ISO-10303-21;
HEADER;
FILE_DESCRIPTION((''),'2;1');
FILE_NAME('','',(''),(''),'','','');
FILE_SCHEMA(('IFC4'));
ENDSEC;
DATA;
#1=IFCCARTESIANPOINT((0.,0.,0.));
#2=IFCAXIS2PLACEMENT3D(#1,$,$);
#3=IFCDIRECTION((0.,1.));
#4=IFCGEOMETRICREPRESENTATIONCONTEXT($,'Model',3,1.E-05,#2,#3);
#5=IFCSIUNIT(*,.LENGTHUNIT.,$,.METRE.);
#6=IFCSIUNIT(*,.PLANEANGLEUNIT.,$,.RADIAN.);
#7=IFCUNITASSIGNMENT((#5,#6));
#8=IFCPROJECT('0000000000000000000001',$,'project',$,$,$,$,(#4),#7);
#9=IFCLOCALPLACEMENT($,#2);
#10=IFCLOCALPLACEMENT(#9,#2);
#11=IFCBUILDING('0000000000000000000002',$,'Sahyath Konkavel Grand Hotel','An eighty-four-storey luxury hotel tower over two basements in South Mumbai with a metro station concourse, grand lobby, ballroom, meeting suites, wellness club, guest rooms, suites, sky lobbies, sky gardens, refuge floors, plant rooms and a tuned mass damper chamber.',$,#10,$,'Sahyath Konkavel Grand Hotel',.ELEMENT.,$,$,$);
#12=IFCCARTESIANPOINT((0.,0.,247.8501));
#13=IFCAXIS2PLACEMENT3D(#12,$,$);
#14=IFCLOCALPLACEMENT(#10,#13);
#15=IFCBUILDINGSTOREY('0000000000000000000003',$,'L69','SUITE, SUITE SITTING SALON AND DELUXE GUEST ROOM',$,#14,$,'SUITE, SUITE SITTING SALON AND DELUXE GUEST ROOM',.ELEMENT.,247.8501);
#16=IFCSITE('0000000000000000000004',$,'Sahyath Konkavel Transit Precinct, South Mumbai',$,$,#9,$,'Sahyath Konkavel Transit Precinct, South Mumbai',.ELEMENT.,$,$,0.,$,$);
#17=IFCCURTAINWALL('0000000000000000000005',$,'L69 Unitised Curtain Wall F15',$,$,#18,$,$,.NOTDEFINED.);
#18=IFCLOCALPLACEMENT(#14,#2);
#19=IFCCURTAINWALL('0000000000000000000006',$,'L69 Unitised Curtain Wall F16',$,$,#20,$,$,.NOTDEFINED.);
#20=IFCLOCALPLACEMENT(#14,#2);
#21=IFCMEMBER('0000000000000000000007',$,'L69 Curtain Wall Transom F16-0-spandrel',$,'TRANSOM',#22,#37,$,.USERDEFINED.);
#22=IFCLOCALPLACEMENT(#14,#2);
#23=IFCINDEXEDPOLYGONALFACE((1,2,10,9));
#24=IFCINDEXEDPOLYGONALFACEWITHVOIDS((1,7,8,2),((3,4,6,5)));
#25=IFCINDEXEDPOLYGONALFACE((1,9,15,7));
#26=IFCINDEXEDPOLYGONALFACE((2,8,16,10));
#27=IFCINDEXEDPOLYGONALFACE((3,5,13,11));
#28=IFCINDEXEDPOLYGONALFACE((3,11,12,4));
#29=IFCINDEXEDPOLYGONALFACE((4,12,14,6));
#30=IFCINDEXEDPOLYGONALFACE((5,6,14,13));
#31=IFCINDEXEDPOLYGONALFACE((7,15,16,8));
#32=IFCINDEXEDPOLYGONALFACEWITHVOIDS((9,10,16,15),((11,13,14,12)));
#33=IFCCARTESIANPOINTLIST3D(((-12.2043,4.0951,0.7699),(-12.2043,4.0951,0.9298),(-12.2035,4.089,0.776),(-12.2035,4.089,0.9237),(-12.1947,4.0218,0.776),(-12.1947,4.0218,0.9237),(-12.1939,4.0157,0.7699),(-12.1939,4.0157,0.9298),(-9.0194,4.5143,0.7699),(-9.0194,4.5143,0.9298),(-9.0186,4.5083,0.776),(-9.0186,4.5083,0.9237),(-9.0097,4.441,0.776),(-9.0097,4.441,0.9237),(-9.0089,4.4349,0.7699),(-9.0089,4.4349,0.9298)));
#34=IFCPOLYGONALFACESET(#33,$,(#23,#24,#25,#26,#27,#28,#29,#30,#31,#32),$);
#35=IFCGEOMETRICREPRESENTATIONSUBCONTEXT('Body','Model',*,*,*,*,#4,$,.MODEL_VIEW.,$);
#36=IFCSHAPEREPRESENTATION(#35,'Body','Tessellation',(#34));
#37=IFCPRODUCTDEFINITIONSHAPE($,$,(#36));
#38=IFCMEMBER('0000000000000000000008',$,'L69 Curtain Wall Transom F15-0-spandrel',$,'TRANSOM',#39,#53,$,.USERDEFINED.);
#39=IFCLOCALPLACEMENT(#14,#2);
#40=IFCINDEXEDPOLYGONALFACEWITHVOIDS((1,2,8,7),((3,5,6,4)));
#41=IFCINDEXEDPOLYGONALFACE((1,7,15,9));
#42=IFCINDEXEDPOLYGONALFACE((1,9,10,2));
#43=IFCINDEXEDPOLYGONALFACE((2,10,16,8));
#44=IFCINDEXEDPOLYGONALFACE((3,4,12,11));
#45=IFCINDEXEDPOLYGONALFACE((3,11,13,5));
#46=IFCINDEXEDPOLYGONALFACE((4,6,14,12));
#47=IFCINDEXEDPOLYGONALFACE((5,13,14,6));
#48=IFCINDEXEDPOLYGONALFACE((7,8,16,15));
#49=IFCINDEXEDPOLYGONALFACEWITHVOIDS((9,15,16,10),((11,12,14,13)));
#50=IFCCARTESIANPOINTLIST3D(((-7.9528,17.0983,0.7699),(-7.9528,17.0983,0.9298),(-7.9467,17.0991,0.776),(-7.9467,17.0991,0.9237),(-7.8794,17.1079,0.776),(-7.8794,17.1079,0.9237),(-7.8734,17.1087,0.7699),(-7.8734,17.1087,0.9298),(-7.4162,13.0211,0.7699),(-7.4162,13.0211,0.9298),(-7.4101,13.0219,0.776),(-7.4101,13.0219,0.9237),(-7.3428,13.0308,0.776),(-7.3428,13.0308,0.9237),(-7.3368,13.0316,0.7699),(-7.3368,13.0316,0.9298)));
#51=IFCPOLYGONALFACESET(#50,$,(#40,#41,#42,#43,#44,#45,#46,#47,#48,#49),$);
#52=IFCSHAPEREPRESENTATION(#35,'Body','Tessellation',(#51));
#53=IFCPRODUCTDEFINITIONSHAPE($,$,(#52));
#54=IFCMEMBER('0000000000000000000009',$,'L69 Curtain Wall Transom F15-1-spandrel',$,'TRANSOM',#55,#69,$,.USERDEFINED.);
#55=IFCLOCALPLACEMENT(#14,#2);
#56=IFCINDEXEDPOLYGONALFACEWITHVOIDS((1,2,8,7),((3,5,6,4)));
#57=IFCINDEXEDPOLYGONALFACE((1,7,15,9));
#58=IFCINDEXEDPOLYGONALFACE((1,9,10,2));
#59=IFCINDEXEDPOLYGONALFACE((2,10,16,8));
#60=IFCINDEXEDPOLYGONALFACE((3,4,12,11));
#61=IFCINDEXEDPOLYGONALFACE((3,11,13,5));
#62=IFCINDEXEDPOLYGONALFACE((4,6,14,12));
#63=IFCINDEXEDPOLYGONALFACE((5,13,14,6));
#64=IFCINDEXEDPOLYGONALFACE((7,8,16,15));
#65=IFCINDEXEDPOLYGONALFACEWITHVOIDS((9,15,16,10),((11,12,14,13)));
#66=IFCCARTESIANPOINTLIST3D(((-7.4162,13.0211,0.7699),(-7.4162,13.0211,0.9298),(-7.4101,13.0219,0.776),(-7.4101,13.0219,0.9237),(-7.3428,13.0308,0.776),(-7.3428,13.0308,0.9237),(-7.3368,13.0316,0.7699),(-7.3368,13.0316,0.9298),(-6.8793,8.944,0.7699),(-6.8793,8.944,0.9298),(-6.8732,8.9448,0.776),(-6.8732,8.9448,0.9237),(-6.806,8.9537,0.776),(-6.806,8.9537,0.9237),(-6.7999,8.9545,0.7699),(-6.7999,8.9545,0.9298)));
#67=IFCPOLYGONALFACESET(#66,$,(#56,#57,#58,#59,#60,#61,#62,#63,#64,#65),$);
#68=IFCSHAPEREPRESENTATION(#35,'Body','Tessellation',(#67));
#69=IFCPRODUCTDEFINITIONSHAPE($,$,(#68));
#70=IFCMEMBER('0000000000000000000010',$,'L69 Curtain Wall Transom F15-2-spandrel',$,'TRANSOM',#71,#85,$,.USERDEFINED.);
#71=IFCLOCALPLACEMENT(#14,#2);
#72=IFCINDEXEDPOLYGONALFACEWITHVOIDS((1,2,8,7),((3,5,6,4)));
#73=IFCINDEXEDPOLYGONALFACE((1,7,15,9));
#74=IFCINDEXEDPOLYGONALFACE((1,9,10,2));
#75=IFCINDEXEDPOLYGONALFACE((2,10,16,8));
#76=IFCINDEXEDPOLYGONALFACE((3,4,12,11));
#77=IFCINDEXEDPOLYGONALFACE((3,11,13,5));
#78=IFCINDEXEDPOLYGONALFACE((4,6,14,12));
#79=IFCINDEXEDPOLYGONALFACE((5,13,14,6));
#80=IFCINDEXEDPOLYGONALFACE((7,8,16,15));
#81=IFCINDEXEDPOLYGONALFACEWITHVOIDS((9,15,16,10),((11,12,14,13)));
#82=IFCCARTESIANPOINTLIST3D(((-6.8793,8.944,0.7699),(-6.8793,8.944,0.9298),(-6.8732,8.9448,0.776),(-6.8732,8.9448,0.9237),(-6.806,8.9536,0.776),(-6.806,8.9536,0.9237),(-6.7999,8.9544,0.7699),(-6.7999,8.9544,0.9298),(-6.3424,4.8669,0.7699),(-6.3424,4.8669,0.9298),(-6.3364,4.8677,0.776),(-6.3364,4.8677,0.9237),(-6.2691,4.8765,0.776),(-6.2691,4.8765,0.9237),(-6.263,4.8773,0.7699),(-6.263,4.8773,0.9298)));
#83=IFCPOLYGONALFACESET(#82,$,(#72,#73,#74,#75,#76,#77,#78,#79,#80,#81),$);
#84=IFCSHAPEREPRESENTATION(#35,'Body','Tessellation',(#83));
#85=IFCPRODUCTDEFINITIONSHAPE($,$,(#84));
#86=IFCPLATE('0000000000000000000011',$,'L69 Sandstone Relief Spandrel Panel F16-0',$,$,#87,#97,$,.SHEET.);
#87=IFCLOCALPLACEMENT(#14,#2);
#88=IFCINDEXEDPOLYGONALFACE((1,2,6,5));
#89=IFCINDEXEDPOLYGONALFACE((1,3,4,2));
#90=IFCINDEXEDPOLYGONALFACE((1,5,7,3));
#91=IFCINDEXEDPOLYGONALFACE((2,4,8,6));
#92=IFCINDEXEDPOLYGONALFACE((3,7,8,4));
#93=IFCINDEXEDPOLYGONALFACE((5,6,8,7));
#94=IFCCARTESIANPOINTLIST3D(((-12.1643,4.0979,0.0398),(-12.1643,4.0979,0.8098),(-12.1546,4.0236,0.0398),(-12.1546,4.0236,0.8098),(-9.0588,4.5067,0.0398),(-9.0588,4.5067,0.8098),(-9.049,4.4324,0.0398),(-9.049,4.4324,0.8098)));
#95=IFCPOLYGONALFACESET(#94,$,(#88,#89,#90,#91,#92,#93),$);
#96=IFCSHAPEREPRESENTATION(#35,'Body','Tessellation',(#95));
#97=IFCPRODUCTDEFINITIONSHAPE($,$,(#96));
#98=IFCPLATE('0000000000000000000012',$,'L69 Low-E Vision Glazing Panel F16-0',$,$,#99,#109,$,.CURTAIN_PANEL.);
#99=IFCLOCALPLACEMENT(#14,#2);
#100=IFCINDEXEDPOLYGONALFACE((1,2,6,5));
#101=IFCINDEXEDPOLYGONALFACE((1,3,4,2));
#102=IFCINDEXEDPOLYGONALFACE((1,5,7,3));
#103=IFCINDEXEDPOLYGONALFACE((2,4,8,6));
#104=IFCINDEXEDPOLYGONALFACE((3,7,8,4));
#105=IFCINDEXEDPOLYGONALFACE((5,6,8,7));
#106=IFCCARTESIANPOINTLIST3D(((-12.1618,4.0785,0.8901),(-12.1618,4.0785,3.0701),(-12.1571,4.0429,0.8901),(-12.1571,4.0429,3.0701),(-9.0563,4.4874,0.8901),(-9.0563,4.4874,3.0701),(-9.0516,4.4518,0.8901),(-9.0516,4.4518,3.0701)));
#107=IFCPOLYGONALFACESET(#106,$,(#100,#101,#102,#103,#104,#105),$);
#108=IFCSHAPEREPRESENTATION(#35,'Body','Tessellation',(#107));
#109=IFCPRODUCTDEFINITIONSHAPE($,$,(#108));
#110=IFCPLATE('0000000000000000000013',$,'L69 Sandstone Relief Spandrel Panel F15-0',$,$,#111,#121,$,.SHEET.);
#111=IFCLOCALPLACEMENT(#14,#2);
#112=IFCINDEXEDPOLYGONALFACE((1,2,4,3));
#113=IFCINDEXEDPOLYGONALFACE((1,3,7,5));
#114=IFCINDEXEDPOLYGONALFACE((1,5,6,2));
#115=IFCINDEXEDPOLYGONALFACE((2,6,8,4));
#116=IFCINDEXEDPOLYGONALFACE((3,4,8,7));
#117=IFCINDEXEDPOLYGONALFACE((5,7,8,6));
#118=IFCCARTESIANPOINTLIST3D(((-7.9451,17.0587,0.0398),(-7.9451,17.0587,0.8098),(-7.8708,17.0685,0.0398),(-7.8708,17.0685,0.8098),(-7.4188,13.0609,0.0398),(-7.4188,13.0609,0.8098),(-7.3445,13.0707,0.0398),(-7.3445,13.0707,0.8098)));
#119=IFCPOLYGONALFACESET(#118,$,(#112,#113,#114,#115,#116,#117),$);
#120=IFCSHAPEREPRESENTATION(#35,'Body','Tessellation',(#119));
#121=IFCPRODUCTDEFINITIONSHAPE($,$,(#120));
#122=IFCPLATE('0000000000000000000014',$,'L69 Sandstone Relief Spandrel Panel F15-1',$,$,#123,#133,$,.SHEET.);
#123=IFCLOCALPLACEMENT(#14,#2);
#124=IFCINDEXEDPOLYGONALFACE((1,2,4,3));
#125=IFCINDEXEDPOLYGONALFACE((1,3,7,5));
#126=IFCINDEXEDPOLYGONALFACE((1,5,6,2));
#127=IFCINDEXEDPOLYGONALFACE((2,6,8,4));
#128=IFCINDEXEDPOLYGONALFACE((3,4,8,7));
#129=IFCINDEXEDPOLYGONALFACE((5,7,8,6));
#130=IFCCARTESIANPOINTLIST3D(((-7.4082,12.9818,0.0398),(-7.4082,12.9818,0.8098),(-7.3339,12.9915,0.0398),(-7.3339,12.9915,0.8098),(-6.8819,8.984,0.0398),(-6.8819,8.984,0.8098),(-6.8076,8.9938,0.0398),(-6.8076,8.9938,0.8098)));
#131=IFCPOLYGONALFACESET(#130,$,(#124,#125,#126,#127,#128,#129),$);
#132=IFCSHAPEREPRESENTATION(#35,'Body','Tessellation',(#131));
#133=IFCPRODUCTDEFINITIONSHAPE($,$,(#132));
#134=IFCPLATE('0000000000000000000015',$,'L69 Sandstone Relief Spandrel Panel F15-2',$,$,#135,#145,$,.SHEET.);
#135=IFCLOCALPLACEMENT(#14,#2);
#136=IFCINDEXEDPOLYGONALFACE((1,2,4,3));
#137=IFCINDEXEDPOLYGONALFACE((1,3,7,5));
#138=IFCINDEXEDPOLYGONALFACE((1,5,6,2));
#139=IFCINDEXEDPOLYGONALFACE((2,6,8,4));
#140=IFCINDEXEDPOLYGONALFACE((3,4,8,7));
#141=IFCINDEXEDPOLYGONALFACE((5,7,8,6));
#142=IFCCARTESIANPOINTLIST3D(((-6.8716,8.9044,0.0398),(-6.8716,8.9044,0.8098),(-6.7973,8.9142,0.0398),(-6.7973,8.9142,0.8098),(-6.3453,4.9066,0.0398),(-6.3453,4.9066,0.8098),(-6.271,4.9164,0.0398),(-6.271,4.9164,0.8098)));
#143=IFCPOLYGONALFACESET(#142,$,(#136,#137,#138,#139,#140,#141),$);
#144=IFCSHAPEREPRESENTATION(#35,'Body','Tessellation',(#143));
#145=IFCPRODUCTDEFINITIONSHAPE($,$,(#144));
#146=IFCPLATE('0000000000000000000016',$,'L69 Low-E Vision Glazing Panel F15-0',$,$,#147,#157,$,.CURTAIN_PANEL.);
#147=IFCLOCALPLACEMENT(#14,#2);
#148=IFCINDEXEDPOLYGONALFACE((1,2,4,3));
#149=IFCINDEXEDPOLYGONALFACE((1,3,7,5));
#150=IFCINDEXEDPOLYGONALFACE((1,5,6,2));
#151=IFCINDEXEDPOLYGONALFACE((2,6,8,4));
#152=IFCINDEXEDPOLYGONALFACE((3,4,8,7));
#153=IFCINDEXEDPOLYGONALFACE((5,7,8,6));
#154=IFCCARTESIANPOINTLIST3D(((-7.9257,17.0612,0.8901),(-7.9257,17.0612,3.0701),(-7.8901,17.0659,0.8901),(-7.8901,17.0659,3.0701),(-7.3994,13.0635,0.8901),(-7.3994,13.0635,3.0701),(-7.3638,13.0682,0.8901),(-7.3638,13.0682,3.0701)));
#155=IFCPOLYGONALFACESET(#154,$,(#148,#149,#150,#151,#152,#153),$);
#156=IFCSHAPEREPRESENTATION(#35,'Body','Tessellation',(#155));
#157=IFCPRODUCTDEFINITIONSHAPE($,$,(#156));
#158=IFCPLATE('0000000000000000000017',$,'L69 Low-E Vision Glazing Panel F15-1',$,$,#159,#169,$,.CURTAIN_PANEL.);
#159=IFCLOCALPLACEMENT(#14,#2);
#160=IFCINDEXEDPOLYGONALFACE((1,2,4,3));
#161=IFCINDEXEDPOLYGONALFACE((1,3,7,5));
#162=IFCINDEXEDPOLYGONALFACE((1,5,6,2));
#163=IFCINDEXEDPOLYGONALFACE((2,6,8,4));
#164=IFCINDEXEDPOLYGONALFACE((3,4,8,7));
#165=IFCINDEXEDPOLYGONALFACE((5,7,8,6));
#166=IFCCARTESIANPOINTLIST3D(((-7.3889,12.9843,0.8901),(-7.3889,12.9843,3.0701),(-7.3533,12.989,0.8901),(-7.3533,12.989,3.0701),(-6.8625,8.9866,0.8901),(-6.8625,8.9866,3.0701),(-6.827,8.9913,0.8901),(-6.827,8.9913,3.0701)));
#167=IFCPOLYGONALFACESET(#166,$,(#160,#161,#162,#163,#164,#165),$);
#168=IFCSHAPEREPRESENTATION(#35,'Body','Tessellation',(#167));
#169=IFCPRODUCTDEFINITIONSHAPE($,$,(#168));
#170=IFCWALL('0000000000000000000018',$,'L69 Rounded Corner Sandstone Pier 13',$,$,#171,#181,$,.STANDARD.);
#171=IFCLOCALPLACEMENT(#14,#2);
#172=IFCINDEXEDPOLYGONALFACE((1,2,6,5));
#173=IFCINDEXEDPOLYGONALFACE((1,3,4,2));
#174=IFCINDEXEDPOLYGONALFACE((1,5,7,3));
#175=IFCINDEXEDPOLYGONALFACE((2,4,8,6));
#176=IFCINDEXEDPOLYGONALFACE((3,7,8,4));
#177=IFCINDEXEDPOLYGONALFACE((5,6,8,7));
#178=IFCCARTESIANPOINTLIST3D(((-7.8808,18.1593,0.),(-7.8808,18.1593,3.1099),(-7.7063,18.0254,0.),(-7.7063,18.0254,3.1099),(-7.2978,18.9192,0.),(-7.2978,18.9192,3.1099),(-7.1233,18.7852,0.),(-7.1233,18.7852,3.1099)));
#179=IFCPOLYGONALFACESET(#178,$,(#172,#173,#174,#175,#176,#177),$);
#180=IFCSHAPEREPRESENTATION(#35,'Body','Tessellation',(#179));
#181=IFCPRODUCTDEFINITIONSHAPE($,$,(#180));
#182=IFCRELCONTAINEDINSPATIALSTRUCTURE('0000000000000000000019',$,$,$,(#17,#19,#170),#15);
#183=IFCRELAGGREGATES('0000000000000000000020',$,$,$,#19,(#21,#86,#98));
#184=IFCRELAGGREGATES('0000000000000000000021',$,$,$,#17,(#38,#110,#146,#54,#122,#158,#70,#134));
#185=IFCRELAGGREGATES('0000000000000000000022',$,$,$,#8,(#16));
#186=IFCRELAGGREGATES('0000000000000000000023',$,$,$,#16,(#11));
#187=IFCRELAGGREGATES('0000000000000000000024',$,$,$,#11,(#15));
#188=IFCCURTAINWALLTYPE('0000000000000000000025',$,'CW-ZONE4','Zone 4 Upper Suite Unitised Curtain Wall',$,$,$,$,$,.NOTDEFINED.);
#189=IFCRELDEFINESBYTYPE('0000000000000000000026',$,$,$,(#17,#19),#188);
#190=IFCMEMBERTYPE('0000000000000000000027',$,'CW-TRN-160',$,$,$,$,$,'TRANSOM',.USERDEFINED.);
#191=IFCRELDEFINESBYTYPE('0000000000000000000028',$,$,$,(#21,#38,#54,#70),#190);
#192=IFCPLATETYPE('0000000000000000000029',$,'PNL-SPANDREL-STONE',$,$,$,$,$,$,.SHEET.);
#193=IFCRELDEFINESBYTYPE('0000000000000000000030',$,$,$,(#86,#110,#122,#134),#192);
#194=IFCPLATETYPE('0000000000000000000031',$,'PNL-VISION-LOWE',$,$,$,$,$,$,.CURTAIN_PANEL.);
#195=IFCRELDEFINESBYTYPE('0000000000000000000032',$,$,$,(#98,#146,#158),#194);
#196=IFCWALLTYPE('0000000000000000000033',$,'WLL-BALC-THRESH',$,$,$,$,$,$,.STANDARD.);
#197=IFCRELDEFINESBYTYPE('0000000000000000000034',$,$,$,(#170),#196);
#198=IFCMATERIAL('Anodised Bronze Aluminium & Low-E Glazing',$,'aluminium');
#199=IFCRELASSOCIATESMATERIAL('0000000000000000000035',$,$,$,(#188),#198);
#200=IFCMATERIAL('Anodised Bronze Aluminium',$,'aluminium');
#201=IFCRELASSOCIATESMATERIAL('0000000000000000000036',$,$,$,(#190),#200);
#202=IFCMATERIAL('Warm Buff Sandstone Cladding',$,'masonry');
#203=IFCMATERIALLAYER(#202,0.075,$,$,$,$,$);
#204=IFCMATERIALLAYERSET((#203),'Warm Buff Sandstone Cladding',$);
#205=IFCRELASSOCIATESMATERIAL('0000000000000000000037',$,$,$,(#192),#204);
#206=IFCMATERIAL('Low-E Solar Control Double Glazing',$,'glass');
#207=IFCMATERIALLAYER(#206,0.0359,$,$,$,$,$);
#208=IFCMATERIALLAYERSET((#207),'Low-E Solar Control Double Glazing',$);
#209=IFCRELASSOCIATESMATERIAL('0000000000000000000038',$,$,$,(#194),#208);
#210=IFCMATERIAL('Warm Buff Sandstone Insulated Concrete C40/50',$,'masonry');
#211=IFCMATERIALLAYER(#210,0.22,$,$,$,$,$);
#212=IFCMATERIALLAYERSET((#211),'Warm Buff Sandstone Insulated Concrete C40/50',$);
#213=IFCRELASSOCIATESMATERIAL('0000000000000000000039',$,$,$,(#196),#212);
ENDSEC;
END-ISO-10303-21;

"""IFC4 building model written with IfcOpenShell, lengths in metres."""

from ifc_helpers import new_model, si_unit, direction, frame, frame_2d, origin, origin_2d, place, context, subcontext, project, spatial, rectangle, hollow_rectangle, extrude, source, transform, mapped, material, layer, layer_set, material_profile, profile_set, type_object, element, aggregate, save


model = new_model("IFC4")

# Units and contexts
model_context = context("Model", 3, precision=1e-05, world=origin(), true_north=direction((0.0, 1.0)))
body_context = subcontext(model_context, "Body", "Model", "MODEL_VIEW")
ifc_project = project(units=[si_unit("LENGTHUNIT", "METRE"), si_unit("PLANEANGLEUNIT", "RADIAN")], contexts=[model_context])

# Site, building, storey
site_placement = place(None, origin())
site = spatial("IfcSite", under=ifc_project, at=site_placement, Name="Sahyath Konkavel Transit Precinct, South Mumbai", LongName="Sahyath Konkavel Transit Precinct, South Mumbai", CompositionType="ELEMENT", RefElevation=0.0)
building_placement = place(site_placement, origin())
building = spatial("IfcBuilding", under=site, at=building_placement, Name="Sahyath Konkavel Grand Hotel", Description="An eighty-four-storey luxury hotel tower over two basements in South Mumbai with a metro station concourse, grand lobby, ballroom, meeting suites, wellness club, guest rooms, suites, sky lobbies, sky gardens, refuge floors, plant rooms and a tuned mass damper chamber.", LongName="Sahyath Konkavel Grand Hotel", CompositionType="ELEMENT")
storey_placement = place(building_placement, frame((0.0, 0.0, 247.8501)))
storey = spatial("IfcBuildingStorey", under=building, at=storey_placement, Name="L69", Description="SUITE, SUITE SITTING SALON AND DELUXE GUEST ROOM", LongName="SUITE, SUITE SITTING SALON AND DELUXE GUEST ROOM", CompositionType="ELEMENT", Elevation=247.8501)

# Shared definitions
ifc_material_1 = material(Name="Anodised Bronze Aluminium & Low-E Glazing", Category="aluminium")
curtain_wall_type = type_object("IfcCurtainWallType", Name="CW-ZONE4", Description="Zone 4 Upper Suite Unitised Curtain Wall", PredefinedType="NOTDEFINED", material=ifc_material_1)
ifc_material_2 = material(Name="Anodised Bronze Aluminium", Category="aluminium")

# Curtain wall
curtain_wall_1_placement = place(storey_placement, origin())
curtain_wall_1 = element("IfcCurtainWall", 1, at=curtain_wall_1_placement, inside=storey, type_object=curtain_wall_type, Name="L69 Unitised Curtain Wall F15", PredefinedType="NOTDEFINED")

# Curtain wall
curtain_wall_2_placement = place(storey_placement, origin())
curtain_wall_2 = element("IfcCurtainWall", 2, at=curtain_wall_2_placement, inside=storey, type_object=curtain_wall_type, Name="L69 Unitised Curtain Wall F16", PredefinedType="NOTDEFINED")

# Members
ifc_material_profile_1 = material_profile(ifc_material_2, hollow_rectangle(XDim=0.0801, YDim=0.1599, WallThickness=0.0061, at=origin_2d()), Name="RHS 160x80x6")
ifc_profile_set_1 = profile_set([ifc_material_profile_1], Name="Anodised Bronze Aluminium")
member_type_1 = type_object("IfcMemberType", Name="CW-TRN-160", ElementType="TRANSOM", PredefinedType="USERDEFINED", material=ifc_profile_set_1)
shared_shape_1 = source(origin(), body_context, "Body", "SweptSolid", [
    extrude(hollow_rectangle(XDim=0.0801, YDim=0.1599, WallThickness=0.0061, at=origin_2d()), origin(), (0.0, 0.0, 1.0), 3.2124),
])
member_1_placement = place(storey_placement, frame((-9.0142, 4.4746, 0.8499), z_axis=(-0.991449, -0.130496, 0.0), x_axis=(0.130496, -0.991449, 0.0)))
member_1 = element("IfcMember", 3, at=member_1_placement, type_object=member_type_1, Name="L69 Curtain Wall Transom F16-0-spandrel", ObjectType="TRANSOM", PredefinedType="USERDEFINED", context=body_context, shape_type="MappedRepresentation", body=[
    mapped(shared_shape_1, transform((0.0, 0.0, 0.0), scale=1.0)),
])
shared_shape_2 = source(origin(), body_context, "Body", "SweptSolid", [
    extrude(hollow_rectangle(XDim=0.0801, YDim=0.1599, WallThickness=0.0061, at=origin_2d()), origin(), (0.0, 0.0, 1.0), 4.1123),
])
member_2_placement = place(storey_placement, frame((-7.9131, 17.1035, 0.8499), z_axis=(0.130491, -0.991449, 0.0), x_axis=(0.991449, 0.130491, 0.0)))
member_2 = element("IfcMember", 4, at=member_2_placement, type_object=member_type_1, Name="L69 Curtain Wall Transom F15-0-spandrel", ObjectType="TRANSOM", PredefinedType="USERDEFINED", context=body_context, shape_type="MappedRepresentation", body=[
    mapped(shared_shape_2, transform((0.0, 0.0, 0.0), scale=1.0)),
])
member_3_placement = place(storey_placement, frame((-7.3765, 13.0264, 0.8499), z_axis=(0.13055, -0.991442, 0.0), x_axis=(0.991442, 0.13055, 0.0)))
member_3 = element("IfcMember", 5, at=member_3_placement, type_object=member_type_1, Name="L69 Curtain Wall Transom F15-1-spandrel", ObjectType="TRANSOM", PredefinedType="USERDEFINED", context=body_context, shape_type="MappedRepresentation", body=[
    mapped(shared_shape_2, transform((0.0, 0.0, 0.0), scale=1.0)),
])
member_4_placement = place(storey_placement, frame((-6.8396, 8.9492, 0.8499), z_axis=(0.13055, -0.991442, 0.0), x_axis=(0.991442, 0.13055, 0.0)))
member_4 = element("IfcMember", 6, at=member_4_placement, type_object=member_type_1, Name="L69 Curtain Wall Transom F15-2-spandrel", ObjectType="TRANSOM", PredefinedType="USERDEFINED", context=body_context, shape_type="MappedRepresentation", body=[
    mapped(shared_shape_2, transform((0.0, 0.0, 0.0), scale=1.0)),
])

# Plates
ifc_material_3 = material(Name="Warm Buff Sandstone Cladding", Category="masonry")
ifc_layer_1 = layer(ifc_material_3, 0.075)
ifc_layer_set_1 = layer_set([ifc_layer_1], Name="Warm Buff Sandstone Cladding")
plate_type_1 = type_object("IfcPlateType", Name="PNL-SPANDREL-STONE", PredefinedType="SHEET", material=ifc_layer_set_1)
shared_shape_3 = source(origin(), body_context, "Body", "SweptSolid", [
    extrude(rectangle(XDim=3.1323, YDim=0.075, at=origin_2d()), origin(), (0.0, 0.0, 1.0), 0.77),
])
plate_1_placement = place(storey_placement, frame((-10.6067, 4.2651, 0.0398), z_axis=(0.0, 0.0, 1.0), x_axis=(-0.991445, -0.130526, 0.0)))
plate_1 = element("IfcPlate", 7, at=plate_1_placement, type_object=plate_type_1, Name="L69 Sandstone Relief Spandrel Panel F16-0", PredefinedType="SHEET", context=body_context, shape_type="MappedRepresentation", body=[
    mapped(shared_shape_3, transform((0.0, 0.0, 0.0), scale=1.0)),
])
ifc_material_4 = material(Name="Low-E Solar Control Double Glazing", Category="glass")
ifc_layer_2 = layer(ifc_material_4, 0.0359)
ifc_layer_set_2 = layer_set([ifc_layer_2], Name="Low-E Solar Control Double Glazing")
plate_type_2 = type_object("IfcPlateType", Name="PNL-VISION-LOWE", PredefinedType="CURTAIN_PANEL", material=ifc_layer_set_2)
shared_shape_4 = source(origin(), body_context, "Body", "SweptSolid", [
    extrude(rectangle(XDim=3.1323, YDim=0.0359, at=origin_2d()), origin(), (0.0, 0.0, 1.0), 2.1799),
])
plate_2_placement = place(storey_placement, frame((-10.6067, 4.2651, 0.8901), z_axis=(0.0, 0.0, 1.0), x_axis=(-0.991445, -0.130526, 0.0)))
plate_2 = element("IfcPlate", 8, at=plate_2_placement, type_object=plate_type_2, Name="L69 Low-E Vision Glazing Panel F16-0", PredefinedType="CURTAIN_PANEL", context=body_context, shape_type="MappedRepresentation", body=[
    mapped(shared_shape_4, transform((0.0, 0.0, 0.0), scale=1.0)),
])
aggregate(curtain_wall_2, [member_1, plate_1, plate_2])
shared_shape_5 = source(origin(), body_context, "Body", "SweptSolid", [
    extrude(rectangle(XDim=4.0322, YDim=0.075, at=origin_2d()), origin(), (0.0, 0.0, 1.0), 0.77),
])
plate_3_placement = place(storey_placement, frame((-7.6448, 15.0647, 0.0398), z_axis=(0.0, 0.0, 1.0), x_axis=(0.130526, -0.991445, 0.0)))
plate_3 = element("IfcPlate", 9, at=plate_3_placement, type_object=plate_type_1, Name="L69 Sandstone Relief Spandrel Panel F15-0", PredefinedType="SHEET", context=body_context, shape_type="MappedRepresentation", body=[
    mapped(shared_shape_5, transform((0.0, 0.0, 0.0), scale=1.0)),
])
plate_4_placement = place(storey_placement, frame((-7.1079, 10.9878, 0.0398), z_axis=(0.0, 0.0, 1.0), x_axis=(0.130526, -0.991445, 0.0)))
plate_4 = element("IfcPlate", 10, at=plate_4_placement, type_object=plate_type_1, Name="L69 Sandstone Relief Spandrel Panel F15-1", PredefinedType="SHEET", context=body_context, shape_type="MappedRepresentation", body=[
    mapped(shared_shape_5, transform((0.0, 0.0, 0.0), scale=1.0)),
])
plate_5_placement = place(storey_placement, frame((-6.5713, 6.9104, 0.0398), z_axis=(0.0, 0.0, 1.0), x_axis=(0.130526, -0.991445, 0.0)))
plate_5 = element("IfcPlate", 11, at=plate_5_placement, type_object=plate_type_1, Name="L69 Sandstone Relief Spandrel Panel F15-2", PredefinedType="SHEET", context=body_context, shape_type="MappedRepresentation", body=[
    mapped(shared_shape_5, transform((0.0, 0.0, 0.0), scale=1.0)),
])
shared_shape_6 = source(origin(), body_context, "Body", "SweptSolid", [
    extrude(rectangle(XDim=4.0322, YDim=0.0359, at=origin_2d()), origin(), (0.0, 0.0, 1.0), 2.1799),
])
plate_6_placement = place(storey_placement, frame((-7.6448, 15.0647, 0.8901), z_axis=(0.0, 0.0, 1.0), x_axis=(0.130526, -0.991445, 0.0)))
plate_6 = element("IfcPlate", 12, at=plate_6_placement, type_object=plate_type_2, Name="L69 Low-E Vision Glazing Panel F15-0", PredefinedType="CURTAIN_PANEL", context=body_context, shape_type="MappedRepresentation", body=[
    mapped(shared_shape_6, transform((0.0, 0.0, 0.0), scale=1.0)),
])
plate_7_placement = place(storey_placement, frame((-7.1079, 10.9878, 0.8901), z_axis=(0.0, 0.0, 1.0), x_axis=(0.130526, -0.991445, 0.0)))
plate_7 = element("IfcPlate", 13, at=plate_7_placement, type_object=plate_type_2, Name="L69 Low-E Vision Glazing Panel F15-1", PredefinedType="CURTAIN_PANEL", context=body_context, shape_type="MappedRepresentation", body=[
    mapped(shared_shape_6, transform((0.0, 0.0, 0.0), scale=1.0)),
])
aggregate(curtain_wall_1, [member_2, plate_3, plate_6, member_3, plate_4, plate_7, member_4, plate_5])

# Wall
ifc_material_5 = material(Name="Warm Buff Sandstone Insulated Concrete C40/50", Category="masonry")
ifc_layer_3 = layer(ifc_material_5, 0.22)
ifc_layer_set_3 = layer_set([ifc_layer_3], Name="Warm Buff Sandstone Insulated Concrete C40/50")
wall_type = type_object("IfcWallType", Name="WLL-BALC-THRESH", PredefinedType="STANDARD", material=ifc_layer_set_3)
for number, where, z_axis, x_axis, name in (
    (14, (-7.2104, 18.8523, 0.0), (0.0, 0.0, 1.0), (-0.608774, -0.793344, 0.0), "L69 Rounded Corner Sandstone Pier 13"),
):
    element("IfcWall", number, at=place(storey_placement, frame(where, z_axis=z_axis, x_axis=x_axis)), inside=storey, type_object=wall_type, Name=name, PredefinedType="STANDARD", context=body_context, shape_type="SweptSolid", body=[
        extrude(rectangle(XDim=0.9578, YDim=0.22, at=frame_2d((0.479, 0.0))), origin(), (0.0, 0.0, 1.0), 3.1099),
    ])

save(model, "model.ifc")
